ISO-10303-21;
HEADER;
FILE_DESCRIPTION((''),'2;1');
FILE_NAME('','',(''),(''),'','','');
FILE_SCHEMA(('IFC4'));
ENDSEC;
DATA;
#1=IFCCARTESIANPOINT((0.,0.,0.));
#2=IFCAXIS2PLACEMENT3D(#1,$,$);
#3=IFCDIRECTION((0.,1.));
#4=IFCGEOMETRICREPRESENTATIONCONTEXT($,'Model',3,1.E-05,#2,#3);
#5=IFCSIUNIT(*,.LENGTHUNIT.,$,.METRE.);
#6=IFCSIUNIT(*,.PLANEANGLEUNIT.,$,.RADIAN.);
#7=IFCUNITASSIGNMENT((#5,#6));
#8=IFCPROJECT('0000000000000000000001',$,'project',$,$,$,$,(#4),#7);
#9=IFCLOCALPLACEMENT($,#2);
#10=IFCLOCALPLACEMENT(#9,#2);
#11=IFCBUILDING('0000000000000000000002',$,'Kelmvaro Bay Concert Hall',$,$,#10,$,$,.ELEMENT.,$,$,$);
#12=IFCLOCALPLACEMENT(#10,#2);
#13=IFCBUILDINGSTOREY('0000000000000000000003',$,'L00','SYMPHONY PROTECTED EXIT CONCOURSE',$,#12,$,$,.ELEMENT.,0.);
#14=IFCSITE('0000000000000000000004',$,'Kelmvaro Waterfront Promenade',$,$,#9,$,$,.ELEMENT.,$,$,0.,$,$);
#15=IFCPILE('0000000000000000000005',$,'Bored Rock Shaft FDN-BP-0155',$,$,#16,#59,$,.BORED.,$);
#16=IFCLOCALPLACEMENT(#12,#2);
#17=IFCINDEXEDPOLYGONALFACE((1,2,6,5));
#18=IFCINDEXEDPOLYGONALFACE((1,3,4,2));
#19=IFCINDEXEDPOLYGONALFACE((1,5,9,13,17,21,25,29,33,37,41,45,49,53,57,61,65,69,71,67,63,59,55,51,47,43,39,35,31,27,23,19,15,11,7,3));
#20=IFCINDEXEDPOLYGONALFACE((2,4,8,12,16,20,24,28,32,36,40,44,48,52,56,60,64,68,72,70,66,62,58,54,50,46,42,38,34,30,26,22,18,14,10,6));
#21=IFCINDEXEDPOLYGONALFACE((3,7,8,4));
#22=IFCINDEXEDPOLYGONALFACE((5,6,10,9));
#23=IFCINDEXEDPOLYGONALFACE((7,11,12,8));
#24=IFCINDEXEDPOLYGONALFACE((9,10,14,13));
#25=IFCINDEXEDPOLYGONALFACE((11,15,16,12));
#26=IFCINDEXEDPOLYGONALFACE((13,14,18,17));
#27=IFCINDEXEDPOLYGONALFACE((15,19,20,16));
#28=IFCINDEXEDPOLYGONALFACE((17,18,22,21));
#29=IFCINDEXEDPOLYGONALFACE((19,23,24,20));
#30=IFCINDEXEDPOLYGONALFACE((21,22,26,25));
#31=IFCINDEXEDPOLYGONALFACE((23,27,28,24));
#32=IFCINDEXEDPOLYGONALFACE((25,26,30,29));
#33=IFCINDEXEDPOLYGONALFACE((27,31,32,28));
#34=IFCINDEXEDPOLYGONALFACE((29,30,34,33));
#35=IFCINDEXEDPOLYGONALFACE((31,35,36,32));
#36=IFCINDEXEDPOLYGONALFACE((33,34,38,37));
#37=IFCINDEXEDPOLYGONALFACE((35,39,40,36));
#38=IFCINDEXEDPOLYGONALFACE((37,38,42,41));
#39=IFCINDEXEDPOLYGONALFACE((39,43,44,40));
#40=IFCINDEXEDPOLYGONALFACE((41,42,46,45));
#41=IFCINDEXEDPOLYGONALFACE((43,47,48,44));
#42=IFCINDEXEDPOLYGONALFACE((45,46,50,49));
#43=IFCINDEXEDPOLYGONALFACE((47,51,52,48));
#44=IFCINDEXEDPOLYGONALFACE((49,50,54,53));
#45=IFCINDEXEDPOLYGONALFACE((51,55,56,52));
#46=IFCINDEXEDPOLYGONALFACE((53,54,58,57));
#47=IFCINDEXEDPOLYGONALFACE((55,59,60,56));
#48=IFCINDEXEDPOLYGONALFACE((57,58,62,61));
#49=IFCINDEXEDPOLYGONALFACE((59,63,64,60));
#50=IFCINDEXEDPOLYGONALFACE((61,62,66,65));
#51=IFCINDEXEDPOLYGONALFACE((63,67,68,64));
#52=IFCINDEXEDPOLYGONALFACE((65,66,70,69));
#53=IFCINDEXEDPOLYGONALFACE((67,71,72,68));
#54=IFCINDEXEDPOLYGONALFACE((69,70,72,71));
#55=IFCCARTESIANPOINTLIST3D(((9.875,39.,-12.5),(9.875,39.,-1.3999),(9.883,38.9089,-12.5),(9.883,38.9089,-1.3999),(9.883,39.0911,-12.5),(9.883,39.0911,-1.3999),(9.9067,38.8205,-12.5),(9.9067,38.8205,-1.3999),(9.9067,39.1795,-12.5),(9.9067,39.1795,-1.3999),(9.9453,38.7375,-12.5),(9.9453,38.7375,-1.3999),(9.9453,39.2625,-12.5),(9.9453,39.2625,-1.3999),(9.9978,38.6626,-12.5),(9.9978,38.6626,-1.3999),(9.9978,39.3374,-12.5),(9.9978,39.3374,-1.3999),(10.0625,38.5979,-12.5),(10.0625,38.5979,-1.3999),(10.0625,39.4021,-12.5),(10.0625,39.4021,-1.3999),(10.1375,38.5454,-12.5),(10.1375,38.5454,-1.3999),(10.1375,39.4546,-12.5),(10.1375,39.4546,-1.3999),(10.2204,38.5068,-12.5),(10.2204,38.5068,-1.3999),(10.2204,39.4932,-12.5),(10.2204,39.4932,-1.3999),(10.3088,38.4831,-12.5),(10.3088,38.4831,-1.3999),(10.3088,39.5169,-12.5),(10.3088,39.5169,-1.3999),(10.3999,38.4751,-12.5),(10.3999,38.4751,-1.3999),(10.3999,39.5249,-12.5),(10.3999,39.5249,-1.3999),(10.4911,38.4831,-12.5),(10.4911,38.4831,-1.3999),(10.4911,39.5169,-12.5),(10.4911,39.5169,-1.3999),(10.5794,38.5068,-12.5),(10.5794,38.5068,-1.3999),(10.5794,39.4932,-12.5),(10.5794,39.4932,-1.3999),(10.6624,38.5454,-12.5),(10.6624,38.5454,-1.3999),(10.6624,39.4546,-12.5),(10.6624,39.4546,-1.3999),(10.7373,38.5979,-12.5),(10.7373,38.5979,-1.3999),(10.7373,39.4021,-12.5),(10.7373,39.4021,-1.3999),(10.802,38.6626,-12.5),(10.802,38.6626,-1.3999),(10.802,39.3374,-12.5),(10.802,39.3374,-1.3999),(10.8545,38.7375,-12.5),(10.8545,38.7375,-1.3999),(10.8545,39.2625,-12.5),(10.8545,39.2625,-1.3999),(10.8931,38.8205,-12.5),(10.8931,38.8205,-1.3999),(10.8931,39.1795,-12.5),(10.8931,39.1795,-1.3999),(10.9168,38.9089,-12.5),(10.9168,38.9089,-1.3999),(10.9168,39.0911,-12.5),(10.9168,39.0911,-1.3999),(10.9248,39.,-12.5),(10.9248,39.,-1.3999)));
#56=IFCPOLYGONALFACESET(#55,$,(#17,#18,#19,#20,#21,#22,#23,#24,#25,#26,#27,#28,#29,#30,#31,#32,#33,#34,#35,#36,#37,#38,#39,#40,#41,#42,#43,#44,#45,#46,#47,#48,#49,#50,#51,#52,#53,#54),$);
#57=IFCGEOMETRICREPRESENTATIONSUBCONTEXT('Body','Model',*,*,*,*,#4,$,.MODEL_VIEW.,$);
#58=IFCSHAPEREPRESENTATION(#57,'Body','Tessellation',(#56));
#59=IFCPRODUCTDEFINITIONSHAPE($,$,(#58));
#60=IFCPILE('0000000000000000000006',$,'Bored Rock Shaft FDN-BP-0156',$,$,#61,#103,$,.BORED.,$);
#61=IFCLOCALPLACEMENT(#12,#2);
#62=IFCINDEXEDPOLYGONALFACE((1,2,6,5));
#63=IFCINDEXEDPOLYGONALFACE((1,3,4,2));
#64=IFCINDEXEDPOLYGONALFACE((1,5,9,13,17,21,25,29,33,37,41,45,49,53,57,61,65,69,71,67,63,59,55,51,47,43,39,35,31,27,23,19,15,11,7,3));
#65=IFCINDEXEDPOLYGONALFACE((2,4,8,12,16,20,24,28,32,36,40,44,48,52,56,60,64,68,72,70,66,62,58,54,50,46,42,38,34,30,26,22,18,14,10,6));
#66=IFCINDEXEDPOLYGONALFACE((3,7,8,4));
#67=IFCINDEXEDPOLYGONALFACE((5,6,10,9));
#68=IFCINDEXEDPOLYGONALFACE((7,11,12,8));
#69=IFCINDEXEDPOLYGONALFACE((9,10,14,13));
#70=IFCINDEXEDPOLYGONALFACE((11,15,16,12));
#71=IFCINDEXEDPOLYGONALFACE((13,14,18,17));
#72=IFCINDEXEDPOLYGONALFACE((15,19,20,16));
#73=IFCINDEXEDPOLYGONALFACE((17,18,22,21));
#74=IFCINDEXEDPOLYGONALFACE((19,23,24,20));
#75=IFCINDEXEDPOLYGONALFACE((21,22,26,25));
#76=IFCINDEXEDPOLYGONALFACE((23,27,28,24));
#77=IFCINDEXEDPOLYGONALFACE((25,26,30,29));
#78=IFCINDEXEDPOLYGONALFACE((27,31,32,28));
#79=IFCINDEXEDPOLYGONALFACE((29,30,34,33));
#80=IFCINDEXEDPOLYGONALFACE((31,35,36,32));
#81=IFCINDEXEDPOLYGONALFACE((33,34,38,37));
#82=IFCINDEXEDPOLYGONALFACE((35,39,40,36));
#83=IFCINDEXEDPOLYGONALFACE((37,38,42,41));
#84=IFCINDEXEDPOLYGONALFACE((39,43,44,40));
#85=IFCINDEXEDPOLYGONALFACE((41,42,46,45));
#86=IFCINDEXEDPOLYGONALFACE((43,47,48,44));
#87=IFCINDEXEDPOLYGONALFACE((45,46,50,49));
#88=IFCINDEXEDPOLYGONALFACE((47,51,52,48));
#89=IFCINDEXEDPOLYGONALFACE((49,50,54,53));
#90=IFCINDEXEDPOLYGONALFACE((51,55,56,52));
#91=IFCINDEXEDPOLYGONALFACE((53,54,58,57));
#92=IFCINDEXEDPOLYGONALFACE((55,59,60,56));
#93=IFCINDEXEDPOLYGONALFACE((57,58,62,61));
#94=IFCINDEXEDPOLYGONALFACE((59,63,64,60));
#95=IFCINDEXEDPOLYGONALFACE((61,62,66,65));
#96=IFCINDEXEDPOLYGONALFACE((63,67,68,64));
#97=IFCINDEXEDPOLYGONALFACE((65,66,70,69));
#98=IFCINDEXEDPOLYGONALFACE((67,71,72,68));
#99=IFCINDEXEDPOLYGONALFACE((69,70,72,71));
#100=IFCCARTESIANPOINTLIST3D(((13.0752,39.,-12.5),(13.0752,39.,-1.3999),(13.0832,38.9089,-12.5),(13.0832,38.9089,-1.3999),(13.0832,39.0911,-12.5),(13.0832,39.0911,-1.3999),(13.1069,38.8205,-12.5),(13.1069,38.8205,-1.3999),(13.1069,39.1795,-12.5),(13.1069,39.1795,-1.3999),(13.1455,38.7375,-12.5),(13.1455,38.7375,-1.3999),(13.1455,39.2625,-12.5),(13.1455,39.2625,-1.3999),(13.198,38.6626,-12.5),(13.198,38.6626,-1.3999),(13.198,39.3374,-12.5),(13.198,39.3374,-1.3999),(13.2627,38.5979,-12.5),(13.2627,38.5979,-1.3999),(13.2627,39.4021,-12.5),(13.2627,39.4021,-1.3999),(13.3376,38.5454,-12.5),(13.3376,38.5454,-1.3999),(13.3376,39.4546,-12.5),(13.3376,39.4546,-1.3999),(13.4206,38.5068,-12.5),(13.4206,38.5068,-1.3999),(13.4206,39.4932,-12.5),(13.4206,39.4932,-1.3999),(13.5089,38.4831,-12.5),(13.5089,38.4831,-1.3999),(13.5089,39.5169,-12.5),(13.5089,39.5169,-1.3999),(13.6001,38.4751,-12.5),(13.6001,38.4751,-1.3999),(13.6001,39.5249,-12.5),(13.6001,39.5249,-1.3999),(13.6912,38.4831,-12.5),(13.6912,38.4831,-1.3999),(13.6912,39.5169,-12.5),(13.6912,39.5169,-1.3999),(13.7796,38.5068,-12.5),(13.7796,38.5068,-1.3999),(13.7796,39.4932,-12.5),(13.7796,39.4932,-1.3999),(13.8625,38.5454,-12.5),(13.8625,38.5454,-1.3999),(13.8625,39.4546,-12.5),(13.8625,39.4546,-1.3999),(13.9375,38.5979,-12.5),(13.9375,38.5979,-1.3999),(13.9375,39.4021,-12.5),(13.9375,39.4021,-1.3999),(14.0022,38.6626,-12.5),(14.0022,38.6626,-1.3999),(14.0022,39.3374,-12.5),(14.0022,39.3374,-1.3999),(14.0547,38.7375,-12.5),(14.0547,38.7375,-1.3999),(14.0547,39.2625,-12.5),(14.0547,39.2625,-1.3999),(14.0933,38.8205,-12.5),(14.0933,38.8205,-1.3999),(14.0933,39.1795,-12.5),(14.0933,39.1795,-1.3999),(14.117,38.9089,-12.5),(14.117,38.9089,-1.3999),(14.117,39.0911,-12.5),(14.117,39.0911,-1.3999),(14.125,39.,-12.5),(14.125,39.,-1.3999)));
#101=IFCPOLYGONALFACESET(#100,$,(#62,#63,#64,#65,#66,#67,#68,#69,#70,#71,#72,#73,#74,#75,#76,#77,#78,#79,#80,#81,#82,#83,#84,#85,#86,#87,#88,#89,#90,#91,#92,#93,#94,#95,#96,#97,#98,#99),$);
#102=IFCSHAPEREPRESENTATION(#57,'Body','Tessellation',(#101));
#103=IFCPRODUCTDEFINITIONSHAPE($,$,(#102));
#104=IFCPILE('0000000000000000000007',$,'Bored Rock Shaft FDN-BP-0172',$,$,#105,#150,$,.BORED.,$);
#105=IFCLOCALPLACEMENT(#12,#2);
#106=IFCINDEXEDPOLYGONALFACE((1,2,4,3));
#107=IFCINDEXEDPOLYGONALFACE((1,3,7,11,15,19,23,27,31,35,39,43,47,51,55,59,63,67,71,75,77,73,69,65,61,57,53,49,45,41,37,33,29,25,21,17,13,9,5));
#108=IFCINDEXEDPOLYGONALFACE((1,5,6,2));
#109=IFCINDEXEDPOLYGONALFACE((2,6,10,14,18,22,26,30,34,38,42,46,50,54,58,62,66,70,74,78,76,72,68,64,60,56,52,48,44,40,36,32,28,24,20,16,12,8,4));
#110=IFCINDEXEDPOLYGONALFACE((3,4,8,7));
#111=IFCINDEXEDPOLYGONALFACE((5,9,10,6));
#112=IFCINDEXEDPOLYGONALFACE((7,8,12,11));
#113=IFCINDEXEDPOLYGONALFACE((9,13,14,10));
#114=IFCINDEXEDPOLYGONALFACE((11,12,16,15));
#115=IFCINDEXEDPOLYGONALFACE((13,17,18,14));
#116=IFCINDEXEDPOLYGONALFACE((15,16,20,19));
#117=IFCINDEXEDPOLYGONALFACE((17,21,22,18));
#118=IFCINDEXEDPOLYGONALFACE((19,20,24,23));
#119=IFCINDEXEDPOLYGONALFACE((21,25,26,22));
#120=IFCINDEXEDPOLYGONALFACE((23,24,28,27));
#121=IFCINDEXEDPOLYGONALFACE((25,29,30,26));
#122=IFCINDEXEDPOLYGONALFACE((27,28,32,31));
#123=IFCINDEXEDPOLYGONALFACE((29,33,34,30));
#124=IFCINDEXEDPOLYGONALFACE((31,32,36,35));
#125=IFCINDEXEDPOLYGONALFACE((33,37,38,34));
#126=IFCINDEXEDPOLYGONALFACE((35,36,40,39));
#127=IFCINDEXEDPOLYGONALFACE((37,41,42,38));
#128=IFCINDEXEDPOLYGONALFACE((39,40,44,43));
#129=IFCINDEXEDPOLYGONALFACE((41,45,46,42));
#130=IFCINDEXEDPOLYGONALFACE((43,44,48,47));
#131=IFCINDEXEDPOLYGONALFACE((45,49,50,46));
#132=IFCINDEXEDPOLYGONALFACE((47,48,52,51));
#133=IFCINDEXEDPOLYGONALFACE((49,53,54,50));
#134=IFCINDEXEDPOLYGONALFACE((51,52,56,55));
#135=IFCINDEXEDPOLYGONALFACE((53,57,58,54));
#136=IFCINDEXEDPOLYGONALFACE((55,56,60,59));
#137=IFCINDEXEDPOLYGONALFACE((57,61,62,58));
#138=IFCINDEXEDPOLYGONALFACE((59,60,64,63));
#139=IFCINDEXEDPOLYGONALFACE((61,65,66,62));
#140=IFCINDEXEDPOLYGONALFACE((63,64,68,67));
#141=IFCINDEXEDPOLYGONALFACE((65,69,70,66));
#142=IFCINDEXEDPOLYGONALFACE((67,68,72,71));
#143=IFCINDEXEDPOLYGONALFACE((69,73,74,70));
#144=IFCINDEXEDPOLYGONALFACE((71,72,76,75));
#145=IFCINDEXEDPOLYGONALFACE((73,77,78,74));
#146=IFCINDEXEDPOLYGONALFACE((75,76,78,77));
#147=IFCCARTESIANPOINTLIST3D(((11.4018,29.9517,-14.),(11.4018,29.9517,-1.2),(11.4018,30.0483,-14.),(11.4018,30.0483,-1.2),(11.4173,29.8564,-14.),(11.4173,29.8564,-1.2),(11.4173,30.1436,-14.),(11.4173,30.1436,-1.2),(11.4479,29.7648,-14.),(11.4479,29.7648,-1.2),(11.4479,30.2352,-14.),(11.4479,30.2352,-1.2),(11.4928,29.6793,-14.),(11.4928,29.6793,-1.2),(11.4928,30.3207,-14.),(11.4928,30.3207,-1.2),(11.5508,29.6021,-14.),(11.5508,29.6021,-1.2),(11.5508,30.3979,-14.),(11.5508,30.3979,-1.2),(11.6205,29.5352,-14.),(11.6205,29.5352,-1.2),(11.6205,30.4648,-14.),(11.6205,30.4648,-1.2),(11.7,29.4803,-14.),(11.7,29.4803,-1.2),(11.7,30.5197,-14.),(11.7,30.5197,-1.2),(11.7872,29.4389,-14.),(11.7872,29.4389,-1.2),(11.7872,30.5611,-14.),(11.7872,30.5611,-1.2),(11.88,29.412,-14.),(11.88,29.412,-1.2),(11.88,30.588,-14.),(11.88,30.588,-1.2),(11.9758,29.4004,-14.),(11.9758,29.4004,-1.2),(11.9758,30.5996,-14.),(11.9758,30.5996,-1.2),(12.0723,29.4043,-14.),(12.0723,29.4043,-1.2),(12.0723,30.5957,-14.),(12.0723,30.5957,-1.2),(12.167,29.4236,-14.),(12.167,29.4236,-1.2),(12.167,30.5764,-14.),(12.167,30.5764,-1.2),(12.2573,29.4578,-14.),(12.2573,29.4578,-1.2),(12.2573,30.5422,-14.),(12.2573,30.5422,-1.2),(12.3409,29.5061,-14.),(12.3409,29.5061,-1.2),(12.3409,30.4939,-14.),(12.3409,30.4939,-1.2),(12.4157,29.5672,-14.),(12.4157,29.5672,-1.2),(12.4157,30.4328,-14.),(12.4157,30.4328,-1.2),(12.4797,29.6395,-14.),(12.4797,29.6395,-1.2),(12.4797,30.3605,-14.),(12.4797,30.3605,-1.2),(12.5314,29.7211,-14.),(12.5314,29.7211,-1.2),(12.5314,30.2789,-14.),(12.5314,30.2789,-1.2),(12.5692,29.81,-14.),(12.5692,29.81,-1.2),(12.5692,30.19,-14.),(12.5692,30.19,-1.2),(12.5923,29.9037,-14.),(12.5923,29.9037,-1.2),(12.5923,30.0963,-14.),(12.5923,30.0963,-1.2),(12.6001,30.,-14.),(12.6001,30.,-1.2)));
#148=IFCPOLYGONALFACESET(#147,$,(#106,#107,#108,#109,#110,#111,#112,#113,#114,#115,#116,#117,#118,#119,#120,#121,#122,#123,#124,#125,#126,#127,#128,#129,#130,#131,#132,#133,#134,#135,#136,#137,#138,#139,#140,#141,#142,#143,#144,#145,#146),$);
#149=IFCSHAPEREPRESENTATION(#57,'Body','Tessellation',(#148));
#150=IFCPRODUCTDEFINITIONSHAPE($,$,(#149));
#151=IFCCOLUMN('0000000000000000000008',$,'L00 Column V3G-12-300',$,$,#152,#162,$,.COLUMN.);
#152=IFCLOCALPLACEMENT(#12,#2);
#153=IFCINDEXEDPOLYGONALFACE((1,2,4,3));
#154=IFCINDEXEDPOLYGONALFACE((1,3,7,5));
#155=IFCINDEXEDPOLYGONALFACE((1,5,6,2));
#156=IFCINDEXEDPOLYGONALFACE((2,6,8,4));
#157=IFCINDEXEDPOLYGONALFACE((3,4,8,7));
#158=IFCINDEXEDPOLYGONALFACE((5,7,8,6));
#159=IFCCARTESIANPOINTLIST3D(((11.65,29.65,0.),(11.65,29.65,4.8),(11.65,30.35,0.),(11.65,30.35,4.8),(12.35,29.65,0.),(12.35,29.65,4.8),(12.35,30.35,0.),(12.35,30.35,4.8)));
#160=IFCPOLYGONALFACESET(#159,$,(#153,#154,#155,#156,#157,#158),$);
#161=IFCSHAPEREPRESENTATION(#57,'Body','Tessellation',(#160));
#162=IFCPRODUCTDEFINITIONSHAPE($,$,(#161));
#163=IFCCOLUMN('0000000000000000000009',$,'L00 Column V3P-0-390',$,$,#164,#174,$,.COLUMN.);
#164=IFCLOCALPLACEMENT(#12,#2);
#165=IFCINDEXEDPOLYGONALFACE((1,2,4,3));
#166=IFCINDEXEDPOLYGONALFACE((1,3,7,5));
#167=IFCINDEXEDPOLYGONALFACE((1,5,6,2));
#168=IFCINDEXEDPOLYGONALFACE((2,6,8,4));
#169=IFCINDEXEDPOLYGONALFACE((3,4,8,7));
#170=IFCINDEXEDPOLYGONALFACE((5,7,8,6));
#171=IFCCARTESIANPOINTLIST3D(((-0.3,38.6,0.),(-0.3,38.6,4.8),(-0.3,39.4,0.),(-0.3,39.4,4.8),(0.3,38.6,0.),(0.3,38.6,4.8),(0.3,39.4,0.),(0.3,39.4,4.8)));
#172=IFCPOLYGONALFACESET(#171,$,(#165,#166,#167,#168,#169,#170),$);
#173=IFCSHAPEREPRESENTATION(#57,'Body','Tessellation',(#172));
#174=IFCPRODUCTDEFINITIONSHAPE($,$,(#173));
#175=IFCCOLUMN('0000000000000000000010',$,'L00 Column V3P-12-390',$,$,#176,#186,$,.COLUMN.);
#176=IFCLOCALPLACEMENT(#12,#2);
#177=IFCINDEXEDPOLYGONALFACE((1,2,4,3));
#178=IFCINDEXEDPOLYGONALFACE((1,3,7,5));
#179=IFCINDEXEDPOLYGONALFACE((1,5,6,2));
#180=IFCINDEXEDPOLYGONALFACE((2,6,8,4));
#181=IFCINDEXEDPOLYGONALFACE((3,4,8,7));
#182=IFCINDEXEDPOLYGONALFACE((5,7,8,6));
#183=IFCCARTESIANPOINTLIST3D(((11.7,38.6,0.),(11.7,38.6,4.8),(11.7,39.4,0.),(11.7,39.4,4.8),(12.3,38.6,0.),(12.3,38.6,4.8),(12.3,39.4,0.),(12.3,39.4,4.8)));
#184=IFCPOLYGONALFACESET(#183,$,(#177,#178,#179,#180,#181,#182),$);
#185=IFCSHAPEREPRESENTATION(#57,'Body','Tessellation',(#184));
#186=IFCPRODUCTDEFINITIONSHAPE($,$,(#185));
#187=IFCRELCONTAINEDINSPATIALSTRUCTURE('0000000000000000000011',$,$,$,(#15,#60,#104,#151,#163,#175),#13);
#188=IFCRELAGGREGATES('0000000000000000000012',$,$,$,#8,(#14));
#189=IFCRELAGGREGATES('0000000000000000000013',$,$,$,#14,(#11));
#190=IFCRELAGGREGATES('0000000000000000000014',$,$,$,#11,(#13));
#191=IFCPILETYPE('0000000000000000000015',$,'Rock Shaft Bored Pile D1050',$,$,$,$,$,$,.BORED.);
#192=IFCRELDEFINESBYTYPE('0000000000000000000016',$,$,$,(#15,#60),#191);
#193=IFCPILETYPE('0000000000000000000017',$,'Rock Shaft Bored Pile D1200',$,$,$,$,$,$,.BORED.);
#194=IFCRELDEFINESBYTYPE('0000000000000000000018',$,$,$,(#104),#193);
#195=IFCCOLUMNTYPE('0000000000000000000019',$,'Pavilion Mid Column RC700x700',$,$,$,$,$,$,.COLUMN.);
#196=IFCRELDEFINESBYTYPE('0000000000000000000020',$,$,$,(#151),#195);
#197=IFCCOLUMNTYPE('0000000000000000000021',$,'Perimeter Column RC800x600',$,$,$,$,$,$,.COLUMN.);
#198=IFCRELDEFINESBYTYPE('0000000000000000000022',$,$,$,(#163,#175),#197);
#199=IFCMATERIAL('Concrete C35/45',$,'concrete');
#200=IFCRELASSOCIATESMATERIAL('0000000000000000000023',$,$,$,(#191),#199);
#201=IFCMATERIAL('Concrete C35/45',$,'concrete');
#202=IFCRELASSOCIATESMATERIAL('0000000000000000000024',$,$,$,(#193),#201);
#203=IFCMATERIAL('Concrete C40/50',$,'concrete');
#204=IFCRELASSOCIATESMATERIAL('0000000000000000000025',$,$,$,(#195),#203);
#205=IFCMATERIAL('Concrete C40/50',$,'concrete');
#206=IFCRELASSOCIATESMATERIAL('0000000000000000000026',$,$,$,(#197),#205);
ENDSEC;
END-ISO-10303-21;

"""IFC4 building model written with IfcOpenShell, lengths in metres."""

from ifc_helpers import new_model, si_unit, direction, frame, origin, origin_2d, place, context, subcontext, project, spatial, rectangle, circle, extrude, material, material_profile, profile_set, type_object, element, save


model = new_model("IFC4")

# Units and contexts
model_context = context("Model", 3, precision=1e-05, world=origin(), true_north=direction((0.0, 1.0)))
body_context = subcontext(model_context, "Body", "Model", "MODEL_VIEW")
ifc_project = project(units=[si_unit("LENGTHUNIT", "METRE"), si_unit("PLANEANGLEUNIT", "RADIAN")], contexts=[model_context])

# Site, building, storey
site_placement = place(None, origin())
site = spatial("IfcSite", under=ifc_project, at=site_placement, Name="Kelmvaro Waterfront Promenade", CompositionType="ELEMENT", RefElevation=0.0)
building_placement = place(site_placement, origin())
building = spatial("IfcBuilding", under=site, at=building_placement, Name="Kelmvaro Bay Concert Hall", CompositionType="ELEMENT")
storey_placement = place(building_placement, origin())
storey = spatial("IfcBuildingStorey", under=building, at=storey_placement, Name="L00", Description="SYMPHONY PROTECTED EXIT CONCOURSE", CompositionType="ELEMENT", Elevation=0.0)

# Piles
ifc_material_1 = material(Name="Concrete C35/45", Category="concrete")
ifc_material_profile_1 = material_profile(ifc_material_1, circle(Radius=0.5249, at=origin_2d()), Name="PILE-BORED-1050")
ifc_profile_set_1 = profile_set([ifc_material_profile_1], Name="Concrete C35/45")
pile_type_1 = type_object("IfcPileType", Name="Rock Shaft Bored Pile D1050", PredefinedType="BORED", material=ifc_profile_set_1)
for number, where, z_axis, x_axis, name in (
    (1, (10.3999, 39.0, -1.3999), (0.0, 0.0, -1.0), (1.0, 0.0, 0.0), "Bored Rock Shaft FDN-BP-0155"),
    (2, (13.6001, 39.0, -1.3999), (0.0, 0.0, -1.0), (1.0, 0.0, 0.0), "Bored Rock Shaft FDN-BP-0156"),
):
    element("IfcPile", number, at=place(storey_placement, frame(where, z_axis=z_axis, x_axis=x_axis)), inside=storey, type_object=pile_type_1, Name=name, PredefinedType="BORED", context=body_context, shape_type="SweptSolid", body=[
        extrude(circle(Radius=0.5249, at=origin_2d()), origin(), (0.0, 0.0, 1.0), 11.1001),
    ])
ifc_material_2 = material(Name="Concrete C35/45", Category="concrete")
ifc_material_profile_2 = material_profile(ifc_material_2, circle(Radius=0.6001, at=origin_2d()), Name="PILE-BORED-1200")
ifc_profile_set_2 = profile_set([ifc_material_profile_2], Name="Concrete C35/45")
pile_type_2 = type_object("IfcPileType", Name="Rock Shaft Bored Pile D1200", PredefinedType="BORED", material=ifc_profile_set_2)
pile_placement = place(storey_placement, frame((12.0, 30.0, -1.2), z_axis=(0.0, 0.0, -1.0), x_axis=(1.0, 0.0, 0.0)))
element("IfcPile", 3, at=pile_placement, inside=storey, type_object=pile_type_2, Name="Bored Rock Shaft FDN-BP-0172", PredefinedType="BORED", context=body_context, shape_type="SweptSolid", body=[
    extrude(circle(Radius=0.6001, at=origin_2d()), origin(), (0.0, 0.0, 1.0), 12.8),
])

# Columns
ifc_material_3 = material(Name="Concrete C40/50", Category="concrete")
ifc_material_profile_3 = material_profile(ifc_material_3, rectangle(XDim=0.7, YDim=0.7, at=origin_2d()), Name="RC-COL-700X700")
ifc_profile_set_3 = profile_set([ifc_material_profile_3], Name="Concrete C40/50")
column_type_1 = type_object("IfcColumnType", Name="Pavilion Mid Column RC700x700", PredefinedType="COLUMN", material=ifc_profile_set_3)
column_placement = place(storey_placement, frame((12.0, 30.0, 0.0), z_axis=(0.0, 0.0, 1.0), x_axis=(1.0, 0.0, 0.0)))
element("IfcColumn", 4, at=column_placement, inside=storey, type_object=column_type_1, Name="L00 Column V3G-12-300", PredefinedType="COLUMN", context=body_context, shape_type="SweptSolid", body=[
    extrude(rectangle(XDim=0.7, YDim=0.7, at=origin_2d()), origin(), (0.0, 0.0, 1.0), 4.8),
])
ifc_material_4 = material(Name="Concrete C40/50", Category="concrete")
ifc_material_profile_4 = material_profile(ifc_material_4, rectangle(XDim=0.6001, YDim=0.8, at=origin_2d()), Name="RC-COL-800X600")
ifc_profile_set_4 = profile_set([ifc_material_profile_4], Name="Concrete C40/50")
column_type_2 = type_object("IfcColumnType", Name="Perimeter Column RC800x600", PredefinedType="COLUMN", material=ifc_profile_set_4)
for number, where, z_axis, x_axis, name in (
    (5, (0.0, 39.0, 0.0), (0.0, 0.0, 1.0), (1.0, 0.0, 0.0), "L00 Column V3P-0-390"),
    (6, (12.0, 39.0, 0.0), (0.0, 0.0, 1.0), (1.0, 0.0, 0.0), "L00 Column V3P-12-390"),
):
    element("IfcColumn", number, at=place(storey_placement, frame(where, z_axis=z_axis, x_axis=x_axis)), inside=storey, type_object=column_type_2, Name=name, PredefinedType="COLUMN", context=body_context, shape_type="SweptSolid", body=[
        extrude(rectangle(XDim=0.6001, YDim=0.8, at=origin_2d()), origin(), (0.0, 0.0, 1.0), 4.8),
    ])

save(model, "model.ifc")
